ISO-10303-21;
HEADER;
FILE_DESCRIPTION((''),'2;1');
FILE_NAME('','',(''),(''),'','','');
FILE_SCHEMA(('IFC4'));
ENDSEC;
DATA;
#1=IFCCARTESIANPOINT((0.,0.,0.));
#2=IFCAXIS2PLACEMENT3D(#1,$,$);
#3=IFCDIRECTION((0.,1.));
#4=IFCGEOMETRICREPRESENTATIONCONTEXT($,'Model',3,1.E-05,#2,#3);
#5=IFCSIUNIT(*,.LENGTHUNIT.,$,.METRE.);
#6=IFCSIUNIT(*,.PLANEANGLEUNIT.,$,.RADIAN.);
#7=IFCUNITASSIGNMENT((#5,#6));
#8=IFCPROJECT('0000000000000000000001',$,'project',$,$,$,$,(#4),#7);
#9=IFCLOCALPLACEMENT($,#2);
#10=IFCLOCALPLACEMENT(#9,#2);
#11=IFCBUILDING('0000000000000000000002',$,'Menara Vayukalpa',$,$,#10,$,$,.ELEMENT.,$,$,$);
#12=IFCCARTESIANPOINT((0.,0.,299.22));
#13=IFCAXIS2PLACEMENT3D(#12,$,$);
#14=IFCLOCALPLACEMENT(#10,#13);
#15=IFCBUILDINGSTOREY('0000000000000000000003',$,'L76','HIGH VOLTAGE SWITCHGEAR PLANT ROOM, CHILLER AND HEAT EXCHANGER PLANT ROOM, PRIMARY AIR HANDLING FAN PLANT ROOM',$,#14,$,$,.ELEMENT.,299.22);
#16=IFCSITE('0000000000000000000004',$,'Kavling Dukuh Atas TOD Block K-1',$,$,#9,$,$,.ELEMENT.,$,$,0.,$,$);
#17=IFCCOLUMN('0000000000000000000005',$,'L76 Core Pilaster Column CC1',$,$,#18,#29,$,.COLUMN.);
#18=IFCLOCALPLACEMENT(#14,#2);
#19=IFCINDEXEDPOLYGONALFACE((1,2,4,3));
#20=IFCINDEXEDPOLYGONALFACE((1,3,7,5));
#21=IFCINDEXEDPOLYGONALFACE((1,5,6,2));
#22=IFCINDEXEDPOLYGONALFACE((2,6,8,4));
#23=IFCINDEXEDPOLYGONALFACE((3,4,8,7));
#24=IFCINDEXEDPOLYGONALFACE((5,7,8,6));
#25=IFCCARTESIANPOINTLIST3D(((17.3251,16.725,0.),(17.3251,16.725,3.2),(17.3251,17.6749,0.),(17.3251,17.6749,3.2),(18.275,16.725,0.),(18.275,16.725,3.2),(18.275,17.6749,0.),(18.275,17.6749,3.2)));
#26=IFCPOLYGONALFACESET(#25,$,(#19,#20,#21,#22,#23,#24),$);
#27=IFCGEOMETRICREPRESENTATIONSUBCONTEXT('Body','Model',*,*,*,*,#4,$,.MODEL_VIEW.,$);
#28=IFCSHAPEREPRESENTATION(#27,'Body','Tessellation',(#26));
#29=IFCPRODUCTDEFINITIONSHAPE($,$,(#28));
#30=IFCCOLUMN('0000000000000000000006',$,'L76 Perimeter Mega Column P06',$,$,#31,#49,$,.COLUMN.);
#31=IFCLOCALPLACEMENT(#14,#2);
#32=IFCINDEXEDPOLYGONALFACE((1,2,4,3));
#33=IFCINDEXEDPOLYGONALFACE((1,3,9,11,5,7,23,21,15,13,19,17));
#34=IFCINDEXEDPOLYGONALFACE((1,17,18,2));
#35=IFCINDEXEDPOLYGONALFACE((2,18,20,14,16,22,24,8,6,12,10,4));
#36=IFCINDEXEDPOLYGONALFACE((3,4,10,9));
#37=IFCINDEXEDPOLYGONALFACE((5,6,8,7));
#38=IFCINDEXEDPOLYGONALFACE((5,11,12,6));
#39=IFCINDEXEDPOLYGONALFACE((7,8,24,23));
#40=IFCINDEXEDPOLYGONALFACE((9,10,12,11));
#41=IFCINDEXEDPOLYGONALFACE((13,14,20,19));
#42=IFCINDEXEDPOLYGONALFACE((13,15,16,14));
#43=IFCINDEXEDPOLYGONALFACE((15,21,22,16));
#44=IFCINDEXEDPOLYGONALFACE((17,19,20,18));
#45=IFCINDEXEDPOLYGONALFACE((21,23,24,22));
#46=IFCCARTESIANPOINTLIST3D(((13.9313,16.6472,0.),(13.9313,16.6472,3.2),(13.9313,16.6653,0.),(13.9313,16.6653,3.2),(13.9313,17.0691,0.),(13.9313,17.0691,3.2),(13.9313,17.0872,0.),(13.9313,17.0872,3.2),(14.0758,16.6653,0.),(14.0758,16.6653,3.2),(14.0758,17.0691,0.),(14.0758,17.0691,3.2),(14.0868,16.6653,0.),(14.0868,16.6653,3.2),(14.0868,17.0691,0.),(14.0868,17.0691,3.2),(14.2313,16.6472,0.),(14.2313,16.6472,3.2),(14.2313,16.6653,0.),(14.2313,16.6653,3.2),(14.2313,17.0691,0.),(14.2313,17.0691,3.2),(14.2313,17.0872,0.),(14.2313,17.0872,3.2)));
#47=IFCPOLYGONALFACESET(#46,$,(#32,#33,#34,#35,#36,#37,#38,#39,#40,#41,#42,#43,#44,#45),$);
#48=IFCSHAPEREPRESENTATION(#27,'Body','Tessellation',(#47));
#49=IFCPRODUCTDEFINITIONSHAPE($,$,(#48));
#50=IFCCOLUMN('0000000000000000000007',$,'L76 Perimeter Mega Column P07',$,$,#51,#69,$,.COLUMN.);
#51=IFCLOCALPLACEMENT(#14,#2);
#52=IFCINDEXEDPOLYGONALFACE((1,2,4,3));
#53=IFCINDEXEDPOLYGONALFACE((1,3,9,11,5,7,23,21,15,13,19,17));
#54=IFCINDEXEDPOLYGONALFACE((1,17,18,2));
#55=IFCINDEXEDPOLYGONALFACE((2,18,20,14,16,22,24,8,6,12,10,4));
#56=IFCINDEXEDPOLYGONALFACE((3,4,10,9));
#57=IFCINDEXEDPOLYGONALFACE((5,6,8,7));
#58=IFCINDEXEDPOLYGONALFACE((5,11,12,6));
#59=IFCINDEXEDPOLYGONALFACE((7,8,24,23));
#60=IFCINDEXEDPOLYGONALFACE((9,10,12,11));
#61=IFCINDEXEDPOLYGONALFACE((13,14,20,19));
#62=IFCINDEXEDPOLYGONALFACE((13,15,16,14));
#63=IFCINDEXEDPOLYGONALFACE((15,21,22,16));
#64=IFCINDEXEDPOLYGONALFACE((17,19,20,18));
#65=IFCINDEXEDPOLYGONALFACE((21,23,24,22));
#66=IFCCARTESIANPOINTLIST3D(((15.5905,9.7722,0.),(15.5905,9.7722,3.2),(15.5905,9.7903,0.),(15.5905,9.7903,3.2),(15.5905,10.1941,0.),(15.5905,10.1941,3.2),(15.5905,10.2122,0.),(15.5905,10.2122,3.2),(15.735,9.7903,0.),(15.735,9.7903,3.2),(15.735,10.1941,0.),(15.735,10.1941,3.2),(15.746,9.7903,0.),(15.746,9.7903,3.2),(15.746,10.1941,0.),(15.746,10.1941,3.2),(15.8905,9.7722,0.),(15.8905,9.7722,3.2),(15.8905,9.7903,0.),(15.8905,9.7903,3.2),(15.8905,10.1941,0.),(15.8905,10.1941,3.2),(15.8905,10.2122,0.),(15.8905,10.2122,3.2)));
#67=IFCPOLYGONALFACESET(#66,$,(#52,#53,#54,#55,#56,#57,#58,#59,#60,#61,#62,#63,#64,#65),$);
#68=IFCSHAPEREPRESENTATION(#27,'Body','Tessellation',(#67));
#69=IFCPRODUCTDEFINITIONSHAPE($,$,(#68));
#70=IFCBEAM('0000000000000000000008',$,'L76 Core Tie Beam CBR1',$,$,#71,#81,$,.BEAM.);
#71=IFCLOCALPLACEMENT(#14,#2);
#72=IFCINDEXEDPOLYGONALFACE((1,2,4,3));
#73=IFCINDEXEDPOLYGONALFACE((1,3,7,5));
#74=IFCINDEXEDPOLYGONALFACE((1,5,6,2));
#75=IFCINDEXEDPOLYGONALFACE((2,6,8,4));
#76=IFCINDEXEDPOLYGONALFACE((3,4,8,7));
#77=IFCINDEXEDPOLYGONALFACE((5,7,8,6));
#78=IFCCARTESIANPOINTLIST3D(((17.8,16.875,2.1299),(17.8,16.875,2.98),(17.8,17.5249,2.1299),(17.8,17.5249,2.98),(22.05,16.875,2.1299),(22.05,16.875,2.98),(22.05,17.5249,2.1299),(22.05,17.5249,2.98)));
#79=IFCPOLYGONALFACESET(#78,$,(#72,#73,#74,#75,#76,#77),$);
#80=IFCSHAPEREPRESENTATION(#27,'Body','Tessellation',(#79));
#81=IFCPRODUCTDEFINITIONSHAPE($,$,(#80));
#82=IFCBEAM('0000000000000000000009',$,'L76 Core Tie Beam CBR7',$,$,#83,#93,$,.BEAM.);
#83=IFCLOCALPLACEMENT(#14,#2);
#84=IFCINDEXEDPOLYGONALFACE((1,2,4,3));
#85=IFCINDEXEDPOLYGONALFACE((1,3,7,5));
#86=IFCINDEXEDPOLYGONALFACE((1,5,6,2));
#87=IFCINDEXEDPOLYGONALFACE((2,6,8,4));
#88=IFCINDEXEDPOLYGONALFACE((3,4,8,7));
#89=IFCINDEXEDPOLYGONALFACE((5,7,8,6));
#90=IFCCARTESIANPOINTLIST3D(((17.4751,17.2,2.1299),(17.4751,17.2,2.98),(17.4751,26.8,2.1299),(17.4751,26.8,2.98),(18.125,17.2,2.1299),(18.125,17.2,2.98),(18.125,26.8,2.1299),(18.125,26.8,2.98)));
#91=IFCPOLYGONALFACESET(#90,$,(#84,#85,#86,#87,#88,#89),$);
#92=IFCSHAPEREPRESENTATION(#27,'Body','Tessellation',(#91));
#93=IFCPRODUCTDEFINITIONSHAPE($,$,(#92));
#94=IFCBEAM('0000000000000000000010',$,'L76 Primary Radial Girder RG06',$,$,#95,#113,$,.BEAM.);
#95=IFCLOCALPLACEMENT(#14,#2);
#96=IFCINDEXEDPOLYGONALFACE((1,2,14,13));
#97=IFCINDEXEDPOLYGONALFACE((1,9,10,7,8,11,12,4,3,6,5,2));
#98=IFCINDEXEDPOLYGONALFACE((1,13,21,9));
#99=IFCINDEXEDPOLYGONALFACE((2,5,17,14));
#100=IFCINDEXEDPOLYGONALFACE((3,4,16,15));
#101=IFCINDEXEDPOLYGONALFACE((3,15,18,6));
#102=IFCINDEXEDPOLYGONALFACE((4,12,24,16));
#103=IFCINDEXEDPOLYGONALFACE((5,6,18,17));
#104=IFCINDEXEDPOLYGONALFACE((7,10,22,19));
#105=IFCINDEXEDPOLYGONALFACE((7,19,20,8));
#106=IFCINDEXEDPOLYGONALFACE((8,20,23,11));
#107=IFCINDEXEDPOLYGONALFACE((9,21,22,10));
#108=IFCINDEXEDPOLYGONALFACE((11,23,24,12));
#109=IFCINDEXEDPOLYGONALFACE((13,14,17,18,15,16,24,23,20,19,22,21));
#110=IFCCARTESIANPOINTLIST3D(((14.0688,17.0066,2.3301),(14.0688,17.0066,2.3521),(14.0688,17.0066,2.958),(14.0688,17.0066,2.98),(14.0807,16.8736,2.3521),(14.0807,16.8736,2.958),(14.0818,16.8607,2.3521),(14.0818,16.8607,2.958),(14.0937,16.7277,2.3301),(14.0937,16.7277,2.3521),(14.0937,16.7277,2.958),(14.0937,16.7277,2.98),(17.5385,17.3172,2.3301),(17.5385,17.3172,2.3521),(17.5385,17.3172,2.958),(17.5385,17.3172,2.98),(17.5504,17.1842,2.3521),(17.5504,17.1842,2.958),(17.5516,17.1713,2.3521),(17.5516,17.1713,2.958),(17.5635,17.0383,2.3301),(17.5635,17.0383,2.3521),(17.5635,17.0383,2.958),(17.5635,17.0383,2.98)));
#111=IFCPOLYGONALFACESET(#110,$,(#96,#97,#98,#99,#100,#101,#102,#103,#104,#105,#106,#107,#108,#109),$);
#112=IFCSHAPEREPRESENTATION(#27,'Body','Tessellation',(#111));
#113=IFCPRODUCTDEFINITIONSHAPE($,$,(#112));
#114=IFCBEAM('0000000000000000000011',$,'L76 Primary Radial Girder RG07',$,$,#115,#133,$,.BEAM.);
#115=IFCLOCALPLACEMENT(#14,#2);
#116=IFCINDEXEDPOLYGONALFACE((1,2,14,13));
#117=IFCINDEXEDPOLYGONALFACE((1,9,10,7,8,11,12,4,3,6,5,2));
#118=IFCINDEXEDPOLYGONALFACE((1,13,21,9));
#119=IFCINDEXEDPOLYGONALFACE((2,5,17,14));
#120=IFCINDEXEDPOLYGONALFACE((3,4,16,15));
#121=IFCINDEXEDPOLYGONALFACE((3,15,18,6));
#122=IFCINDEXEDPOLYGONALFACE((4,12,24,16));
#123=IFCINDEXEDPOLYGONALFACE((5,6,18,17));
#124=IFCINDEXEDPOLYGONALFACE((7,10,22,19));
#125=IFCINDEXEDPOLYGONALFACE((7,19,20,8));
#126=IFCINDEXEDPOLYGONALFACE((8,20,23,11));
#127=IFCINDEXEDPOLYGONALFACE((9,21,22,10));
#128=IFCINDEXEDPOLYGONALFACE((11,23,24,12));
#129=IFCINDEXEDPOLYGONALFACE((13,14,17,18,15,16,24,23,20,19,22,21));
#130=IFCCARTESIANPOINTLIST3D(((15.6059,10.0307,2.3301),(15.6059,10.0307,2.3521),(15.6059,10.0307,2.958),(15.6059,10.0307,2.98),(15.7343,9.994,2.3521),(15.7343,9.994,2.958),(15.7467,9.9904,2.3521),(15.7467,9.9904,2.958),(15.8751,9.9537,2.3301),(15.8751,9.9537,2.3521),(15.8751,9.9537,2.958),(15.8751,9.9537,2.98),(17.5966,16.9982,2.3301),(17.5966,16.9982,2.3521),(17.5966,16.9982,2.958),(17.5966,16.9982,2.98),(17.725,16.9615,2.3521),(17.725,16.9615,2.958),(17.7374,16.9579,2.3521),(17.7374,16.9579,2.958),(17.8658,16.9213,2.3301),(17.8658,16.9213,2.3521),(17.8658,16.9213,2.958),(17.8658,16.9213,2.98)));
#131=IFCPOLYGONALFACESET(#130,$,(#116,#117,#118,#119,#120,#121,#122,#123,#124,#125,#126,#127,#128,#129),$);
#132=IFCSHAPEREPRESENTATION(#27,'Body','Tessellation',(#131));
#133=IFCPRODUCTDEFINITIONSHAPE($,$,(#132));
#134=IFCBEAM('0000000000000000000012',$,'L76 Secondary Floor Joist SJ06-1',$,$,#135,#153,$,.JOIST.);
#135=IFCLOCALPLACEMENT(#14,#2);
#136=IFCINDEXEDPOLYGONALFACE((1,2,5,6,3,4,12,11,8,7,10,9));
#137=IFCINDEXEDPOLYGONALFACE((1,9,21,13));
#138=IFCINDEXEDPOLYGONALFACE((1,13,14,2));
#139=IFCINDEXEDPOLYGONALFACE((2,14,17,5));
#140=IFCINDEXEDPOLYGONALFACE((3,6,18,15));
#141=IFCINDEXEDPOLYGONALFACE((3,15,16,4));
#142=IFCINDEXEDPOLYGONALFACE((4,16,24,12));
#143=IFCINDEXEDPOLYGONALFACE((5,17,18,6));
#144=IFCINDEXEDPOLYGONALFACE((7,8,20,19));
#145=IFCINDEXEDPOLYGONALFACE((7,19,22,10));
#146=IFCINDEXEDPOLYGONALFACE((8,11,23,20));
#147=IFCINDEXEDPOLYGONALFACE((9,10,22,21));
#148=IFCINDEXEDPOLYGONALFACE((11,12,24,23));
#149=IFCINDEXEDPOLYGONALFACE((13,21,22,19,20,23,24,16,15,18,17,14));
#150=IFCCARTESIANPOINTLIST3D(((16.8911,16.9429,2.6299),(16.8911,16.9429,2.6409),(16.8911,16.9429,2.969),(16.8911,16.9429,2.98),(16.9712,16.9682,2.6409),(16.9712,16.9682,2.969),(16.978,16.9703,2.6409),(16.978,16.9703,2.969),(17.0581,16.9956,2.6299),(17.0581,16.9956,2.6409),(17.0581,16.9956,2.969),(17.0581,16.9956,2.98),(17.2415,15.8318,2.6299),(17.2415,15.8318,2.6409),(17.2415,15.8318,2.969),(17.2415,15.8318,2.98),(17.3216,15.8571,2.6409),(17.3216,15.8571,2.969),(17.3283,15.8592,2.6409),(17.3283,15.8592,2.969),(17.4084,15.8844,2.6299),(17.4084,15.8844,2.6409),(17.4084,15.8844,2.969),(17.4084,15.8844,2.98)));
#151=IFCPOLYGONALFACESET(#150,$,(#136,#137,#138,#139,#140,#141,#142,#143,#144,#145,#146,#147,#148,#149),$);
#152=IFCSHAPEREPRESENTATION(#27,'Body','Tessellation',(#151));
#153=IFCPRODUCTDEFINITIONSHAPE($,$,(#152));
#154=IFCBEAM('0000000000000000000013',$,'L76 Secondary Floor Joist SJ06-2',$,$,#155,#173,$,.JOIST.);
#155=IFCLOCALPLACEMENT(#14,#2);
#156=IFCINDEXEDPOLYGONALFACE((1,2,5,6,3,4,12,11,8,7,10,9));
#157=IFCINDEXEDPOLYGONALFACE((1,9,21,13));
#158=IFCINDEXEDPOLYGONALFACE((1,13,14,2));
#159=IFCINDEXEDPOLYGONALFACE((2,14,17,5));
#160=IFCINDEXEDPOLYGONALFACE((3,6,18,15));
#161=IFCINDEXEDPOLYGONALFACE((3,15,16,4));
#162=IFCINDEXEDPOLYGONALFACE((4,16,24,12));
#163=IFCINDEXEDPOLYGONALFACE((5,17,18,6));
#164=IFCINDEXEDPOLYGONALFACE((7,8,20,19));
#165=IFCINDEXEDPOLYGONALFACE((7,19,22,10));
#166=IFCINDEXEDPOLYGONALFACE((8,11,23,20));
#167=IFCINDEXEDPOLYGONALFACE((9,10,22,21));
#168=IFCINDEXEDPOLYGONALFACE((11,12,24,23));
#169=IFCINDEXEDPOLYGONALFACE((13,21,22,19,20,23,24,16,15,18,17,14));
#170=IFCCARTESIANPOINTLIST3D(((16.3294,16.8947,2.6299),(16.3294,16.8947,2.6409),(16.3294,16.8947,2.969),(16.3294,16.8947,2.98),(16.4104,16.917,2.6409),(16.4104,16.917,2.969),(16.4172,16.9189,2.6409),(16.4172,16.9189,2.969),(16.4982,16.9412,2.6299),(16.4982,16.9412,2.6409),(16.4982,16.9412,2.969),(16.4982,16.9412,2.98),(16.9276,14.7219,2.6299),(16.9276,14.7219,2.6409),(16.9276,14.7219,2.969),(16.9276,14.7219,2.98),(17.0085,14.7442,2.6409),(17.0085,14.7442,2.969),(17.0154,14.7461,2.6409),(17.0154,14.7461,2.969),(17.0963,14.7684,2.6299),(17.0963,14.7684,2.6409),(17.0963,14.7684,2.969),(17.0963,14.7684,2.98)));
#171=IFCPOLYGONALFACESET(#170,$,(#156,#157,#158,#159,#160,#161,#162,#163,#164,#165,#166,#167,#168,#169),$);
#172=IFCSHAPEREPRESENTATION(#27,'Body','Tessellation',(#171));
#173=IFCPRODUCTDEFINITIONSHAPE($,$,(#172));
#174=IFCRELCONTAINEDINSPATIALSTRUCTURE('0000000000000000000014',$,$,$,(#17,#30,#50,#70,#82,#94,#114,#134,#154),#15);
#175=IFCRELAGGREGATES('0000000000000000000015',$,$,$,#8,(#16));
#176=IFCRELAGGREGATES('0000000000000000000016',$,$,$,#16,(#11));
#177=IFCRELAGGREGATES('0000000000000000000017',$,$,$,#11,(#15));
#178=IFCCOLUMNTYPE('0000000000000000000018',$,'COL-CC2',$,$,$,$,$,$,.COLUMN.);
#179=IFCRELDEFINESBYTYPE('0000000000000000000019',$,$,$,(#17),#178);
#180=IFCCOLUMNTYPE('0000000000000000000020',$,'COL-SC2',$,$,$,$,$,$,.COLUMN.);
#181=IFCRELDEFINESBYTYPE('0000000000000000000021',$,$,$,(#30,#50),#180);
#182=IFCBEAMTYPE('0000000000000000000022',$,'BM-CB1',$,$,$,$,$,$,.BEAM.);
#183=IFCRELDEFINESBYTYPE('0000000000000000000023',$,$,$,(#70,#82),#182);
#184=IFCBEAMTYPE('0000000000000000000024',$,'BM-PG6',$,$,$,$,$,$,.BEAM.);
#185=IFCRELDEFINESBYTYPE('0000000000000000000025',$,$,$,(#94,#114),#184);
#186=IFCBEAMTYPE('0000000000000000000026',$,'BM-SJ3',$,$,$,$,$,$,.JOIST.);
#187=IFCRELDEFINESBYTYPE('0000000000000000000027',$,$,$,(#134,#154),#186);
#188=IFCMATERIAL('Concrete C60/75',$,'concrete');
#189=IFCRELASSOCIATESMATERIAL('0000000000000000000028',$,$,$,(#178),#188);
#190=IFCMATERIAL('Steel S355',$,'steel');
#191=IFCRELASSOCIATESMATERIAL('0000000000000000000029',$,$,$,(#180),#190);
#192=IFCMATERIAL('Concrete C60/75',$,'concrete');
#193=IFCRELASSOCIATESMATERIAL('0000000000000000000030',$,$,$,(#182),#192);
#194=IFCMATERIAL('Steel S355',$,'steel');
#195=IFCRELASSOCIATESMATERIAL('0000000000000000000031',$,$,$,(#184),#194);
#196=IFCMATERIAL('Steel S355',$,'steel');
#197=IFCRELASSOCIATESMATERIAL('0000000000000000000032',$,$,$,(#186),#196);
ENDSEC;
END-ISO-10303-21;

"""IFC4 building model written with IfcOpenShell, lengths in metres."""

from ifc_helpers import new_model, si_unit, direction, frame, origin, origin_2d, place, context, subcontext, project, spatial, rectangle, i_section, extrude, material, material_profile, profile_set, type_object, element, save


model = new_model("IFC4")

# Units and contexts
model_context = context("Model", 3, precision=1e-05, world=origin(), true_north=direction((0.0, 1.0)))
body_context = subcontext(model_context, "Body", "Model", "MODEL_VIEW")
ifc_project = project(units=[si_unit("LENGTHUNIT", "METRE"), si_unit("PLANEANGLEUNIT", "RADIAN")], contexts=[model_context])

# Site, building, storey
site_placement = place(None, origin())
site = spatial("IfcSite", under=ifc_project, at=site_placement, Name="Kavling Dukuh Atas TOD Block K-1", CompositionType="ELEMENT", RefElevation=0.0)
building_placement = place(site_placement, origin())
building = spatial("IfcBuilding", under=site, at=building_placement, Name="Menara Vayukalpa", CompositionType="ELEMENT")
storey_placement = place(building_placement, frame((0.0, 0.0, 299.22)))
storey = spatial("IfcBuildingStorey", under=building, at=storey_placement, Name="L76", Description="HIGH VOLTAGE SWITCHGEAR PLANT ROOM, CHILLER AND HEAT EXCHANGER PLANT ROOM, PRIMARY AIR HANDLING FAN PLANT ROOM", CompositionType="ELEMENT", Elevation=299.22)

# Columns
ifc_material_1 = material(Name="Concrete C60/75", Category="concrete")
ifc_material_profile_1 = material_profile(ifc_material_1, rectangle(XDim=0.95, YDim=0.95, at=origin_2d()), Name="RC 950x950")
ifc_profile_set_1 = profile_set([ifc_material_profile_1], Name="Concrete C60/75")
column_type_1 = type_object("IfcColumnType", Name="COL-CC2", PredefinedType="COLUMN", material=ifc_profile_set_1)
column_placement = place(storey_placement, frame((17.8, 17.2, 0.0), z_axis=(0.0, 0.0, 1.0), x_axis=(1.0, 0.0, 0.0)))
element("IfcColumn", 1, at=column_placement, inside=storey, type_object=column_type_1, Name="L76 Core Pilaster Column CC1", PredefinedType="COLUMN", context=body_context, shape_type="SweptSolid", body=[
    extrude(rectangle(XDim=0.95, YDim=0.95, at=origin_2d()), origin(), (0.0, 0.0, 1.0), 3.2),
])
ifc_material_2 = material(Name="Steel S355", Category="steel")
ifc_material_profile_2 = material_profile(ifc_material_2, i_section(OverallWidth=0.3, OverallDepth=0.4399, WebThickness=0.011, FlangeThickness=0.0181, at=origin_2d()), Name="H 440x300x11x18")
ifc_profile_set_2 = profile_set([ifc_material_profile_2], Name="Steel S355")
column_type_2 = type_object("IfcColumnType", Name="COL-SC2", PredefinedType="COLUMN", material=ifc_profile_set_2)
for number, where, z_axis, x_axis, name in (
    (2, (14.0813, 16.8672, 0.0), (0.0, 0.0, 1.0), (1.0, 0.0, 0.0), "L76 Perimeter Mega Column P06"),
    (3, (15.7405, 9.9922, 0.0), (0.0, 0.0, 1.0), (1.0, 0.0, 0.0), "L76 Perimeter Mega Column P07"),
):
    element("IfcColumn", number, at=place(storey_placement, frame(where, z_axis=z_axis, x_axis=x_axis)), inside=storey, type_object=column_type_2, Name=name, PredefinedType="COLUMN", context=body_context, shape_type="SweptSolid", body=[
        extrude(i_section(OverallWidth=0.3, OverallDepth=0.4399, WebThickness=0.011, FlangeThickness=0.0181, at=origin_2d()), origin(), (0.0, 0.0, 1.0), 3.2),
    ])

# Beams
ifc_material_3 = material(Name="Concrete C60/75", Category="concrete")
ifc_material_profile_3 = material_profile(ifc_material_3, rectangle(XDim=0.6499, YDim=0.8501, at=origin_2d()), Name="RC 650x850")
ifc_profile_set_3 = profile_set([ifc_material_profile_3], Name="Concrete C60/75")
beam_type_1 = type_object("IfcBeamType", Name="BM-CB1", PredefinedType="BEAM", material=ifc_profile_set_3)
beam_1_placement = place(storey_placement, frame((17.8, 17.2, 2.5549), z_axis=(1.0, 0.0, 0.0), x_axis=(0.0, 1.0, 0.0)))
element("IfcBeam", 4, at=beam_1_placement, inside=storey, type_object=beam_type_1, Name="L76 Core Tie Beam CBR1", PredefinedType="BEAM", context=body_context, shape_type="SweptSolid", body=[
    extrude(rectangle(XDim=0.6499, YDim=0.8501, at=origin_2d()), origin(), (0.0, 0.0, 1.0), 4.25),
])
beam_2_placement = place(storey_placement, frame((17.8, 17.2, 2.5549), z_axis=(0.0, 1.0, 0.0), x_axis=(-1.0, 0.0, 0.0)))
element("IfcBeam", 5, at=beam_2_placement, inside=storey, type_object=beam_type_1, Name="L76 Core Tie Beam CBR7", PredefinedType="BEAM", context=body_context, shape_type="SweptSolid", body=[
    extrude(rectangle(XDim=0.6499, YDim=0.8501, at=origin_2d()), origin(), (0.0, 0.0, 1.0), 9.6001),
])
ifc_material_4 = material(Name="Steel S355", Category="steel")
ifc_material_profile_4 = material_profile(ifc_material_4, i_section(OverallWidth=0.28, OverallDepth=0.6499, WebThickness=0.0129, FlangeThickness=0.022, at=origin_2d()), Name="WF 650x280x13x22")
ifc_profile_set_4 = profile_set([ifc_material_profile_4], Name="Steel S355")
beam_type_2 = type_object("IfcBeamType", Name="BM-PG6", PredefinedType="BEAM", material=ifc_profile_set_4)
beam_3_placement = place(storey_placement, frame((17.551, 17.1777, 2.655), z_axis=(-0.996019, -0.089145, 0.0), x_axis=(0.089145, -0.996019, 0.0)))
element("IfcBeam", 6, at=beam_3_placement, inside=storey, type_object=beam_type_2, Name="L76 Primary Radial Girder RG06", PredefinedType="BEAM", context=body_context, shape_type="SweptSolid", body=[
    extrude(i_section(OverallWidth=0.28, OverallDepth=0.6499, WebThickness=0.0129, FlangeThickness=0.022, at=origin_2d()), origin(), (0.0, 0.0, 1.0), 3.4836),
])
beam_4_placement = place(storey_placement, frame((17.7312, 16.9597, 2.655), z_axis=(-0.274721, -0.961524, 0.0), x_axis=(0.961524, -0.274721, 0.0)))
element("IfcBeam", 7, at=beam_4_placement, inside=storey, type_object=beam_type_2, Name="L76 Primary Radial Girder RG07", PredefinedType="BEAM", context=body_context, shape_type="SweptSolid", body=[
    extrude(i_section(OverallWidth=0.28, OverallDepth=0.6499, WebThickness=0.0129, FlangeThickness=0.022, at=origin_2d()), origin(), (0.0, 0.0, 1.0), 7.2463),
])
ifc_material_5 = material(Name="Steel S355", Category="steel")
ifc_material_profile_5 = material_profile(ifc_material_5, i_section(OverallWidth=0.175, OverallDepth=0.3501, WebThickness=0.0071, FlangeThickness=0.011, at=origin_2d()), Name="WF 350x175x7x11")
ifc_profile_set_5 = profile_set([ifc_material_profile_5], Name="Steel S355")
beam_type_3 = type_object("IfcBeamType", Name="BM-SJ3", PredefinedType="JOIST", material=ifc_profile_set_5)
beam_5_placement = place(storey_placement, frame((16.9746, 16.9692, 2.8049), z_axis=(0.30072, -0.953712, 0.0), x_axis=(0.953712, 0.30072, 0.0)))
element("IfcBeam", 8, at=beam_5_placement, inside=storey, type_object=beam_type_3, Name="L76 Secondary Floor Joist SJ06-1", PredefinedType="JOIST", context=body_context, shape_type="SweptSolid", body=[
    extrude(i_section(OverallWidth=0.175, OverallDepth=0.3501, WebThickness=0.0071, FlangeThickness=0.011, at=origin_2d()), origin(), (0.0, 0.0, 1.0), 1.165),
])
beam_6_placement = place(storey_placement, frame((16.4138, 16.918, 2.8049), z_axis=(0.265408, -0.964136, 0.0), x_axis=(0.964136, 0.265408, 0.0)))
element("IfcBeam", 9, at=beam_6_placement, inside=storey, type_object=beam_type_3, Name="L76 Secondary Floor Joist SJ06-2", PredefinedType="JOIST", context=body_context, shape_type="SweptSolid", body=[
    extrude(i_section(OverallWidth=0.175, OverallDepth=0.3501, WebThickness=0.0071, FlangeThickness=0.011, at=origin_2d()), origin(), (0.0, 0.0, 1.0), 2.2537),
])

save(model, "model.ifc")
